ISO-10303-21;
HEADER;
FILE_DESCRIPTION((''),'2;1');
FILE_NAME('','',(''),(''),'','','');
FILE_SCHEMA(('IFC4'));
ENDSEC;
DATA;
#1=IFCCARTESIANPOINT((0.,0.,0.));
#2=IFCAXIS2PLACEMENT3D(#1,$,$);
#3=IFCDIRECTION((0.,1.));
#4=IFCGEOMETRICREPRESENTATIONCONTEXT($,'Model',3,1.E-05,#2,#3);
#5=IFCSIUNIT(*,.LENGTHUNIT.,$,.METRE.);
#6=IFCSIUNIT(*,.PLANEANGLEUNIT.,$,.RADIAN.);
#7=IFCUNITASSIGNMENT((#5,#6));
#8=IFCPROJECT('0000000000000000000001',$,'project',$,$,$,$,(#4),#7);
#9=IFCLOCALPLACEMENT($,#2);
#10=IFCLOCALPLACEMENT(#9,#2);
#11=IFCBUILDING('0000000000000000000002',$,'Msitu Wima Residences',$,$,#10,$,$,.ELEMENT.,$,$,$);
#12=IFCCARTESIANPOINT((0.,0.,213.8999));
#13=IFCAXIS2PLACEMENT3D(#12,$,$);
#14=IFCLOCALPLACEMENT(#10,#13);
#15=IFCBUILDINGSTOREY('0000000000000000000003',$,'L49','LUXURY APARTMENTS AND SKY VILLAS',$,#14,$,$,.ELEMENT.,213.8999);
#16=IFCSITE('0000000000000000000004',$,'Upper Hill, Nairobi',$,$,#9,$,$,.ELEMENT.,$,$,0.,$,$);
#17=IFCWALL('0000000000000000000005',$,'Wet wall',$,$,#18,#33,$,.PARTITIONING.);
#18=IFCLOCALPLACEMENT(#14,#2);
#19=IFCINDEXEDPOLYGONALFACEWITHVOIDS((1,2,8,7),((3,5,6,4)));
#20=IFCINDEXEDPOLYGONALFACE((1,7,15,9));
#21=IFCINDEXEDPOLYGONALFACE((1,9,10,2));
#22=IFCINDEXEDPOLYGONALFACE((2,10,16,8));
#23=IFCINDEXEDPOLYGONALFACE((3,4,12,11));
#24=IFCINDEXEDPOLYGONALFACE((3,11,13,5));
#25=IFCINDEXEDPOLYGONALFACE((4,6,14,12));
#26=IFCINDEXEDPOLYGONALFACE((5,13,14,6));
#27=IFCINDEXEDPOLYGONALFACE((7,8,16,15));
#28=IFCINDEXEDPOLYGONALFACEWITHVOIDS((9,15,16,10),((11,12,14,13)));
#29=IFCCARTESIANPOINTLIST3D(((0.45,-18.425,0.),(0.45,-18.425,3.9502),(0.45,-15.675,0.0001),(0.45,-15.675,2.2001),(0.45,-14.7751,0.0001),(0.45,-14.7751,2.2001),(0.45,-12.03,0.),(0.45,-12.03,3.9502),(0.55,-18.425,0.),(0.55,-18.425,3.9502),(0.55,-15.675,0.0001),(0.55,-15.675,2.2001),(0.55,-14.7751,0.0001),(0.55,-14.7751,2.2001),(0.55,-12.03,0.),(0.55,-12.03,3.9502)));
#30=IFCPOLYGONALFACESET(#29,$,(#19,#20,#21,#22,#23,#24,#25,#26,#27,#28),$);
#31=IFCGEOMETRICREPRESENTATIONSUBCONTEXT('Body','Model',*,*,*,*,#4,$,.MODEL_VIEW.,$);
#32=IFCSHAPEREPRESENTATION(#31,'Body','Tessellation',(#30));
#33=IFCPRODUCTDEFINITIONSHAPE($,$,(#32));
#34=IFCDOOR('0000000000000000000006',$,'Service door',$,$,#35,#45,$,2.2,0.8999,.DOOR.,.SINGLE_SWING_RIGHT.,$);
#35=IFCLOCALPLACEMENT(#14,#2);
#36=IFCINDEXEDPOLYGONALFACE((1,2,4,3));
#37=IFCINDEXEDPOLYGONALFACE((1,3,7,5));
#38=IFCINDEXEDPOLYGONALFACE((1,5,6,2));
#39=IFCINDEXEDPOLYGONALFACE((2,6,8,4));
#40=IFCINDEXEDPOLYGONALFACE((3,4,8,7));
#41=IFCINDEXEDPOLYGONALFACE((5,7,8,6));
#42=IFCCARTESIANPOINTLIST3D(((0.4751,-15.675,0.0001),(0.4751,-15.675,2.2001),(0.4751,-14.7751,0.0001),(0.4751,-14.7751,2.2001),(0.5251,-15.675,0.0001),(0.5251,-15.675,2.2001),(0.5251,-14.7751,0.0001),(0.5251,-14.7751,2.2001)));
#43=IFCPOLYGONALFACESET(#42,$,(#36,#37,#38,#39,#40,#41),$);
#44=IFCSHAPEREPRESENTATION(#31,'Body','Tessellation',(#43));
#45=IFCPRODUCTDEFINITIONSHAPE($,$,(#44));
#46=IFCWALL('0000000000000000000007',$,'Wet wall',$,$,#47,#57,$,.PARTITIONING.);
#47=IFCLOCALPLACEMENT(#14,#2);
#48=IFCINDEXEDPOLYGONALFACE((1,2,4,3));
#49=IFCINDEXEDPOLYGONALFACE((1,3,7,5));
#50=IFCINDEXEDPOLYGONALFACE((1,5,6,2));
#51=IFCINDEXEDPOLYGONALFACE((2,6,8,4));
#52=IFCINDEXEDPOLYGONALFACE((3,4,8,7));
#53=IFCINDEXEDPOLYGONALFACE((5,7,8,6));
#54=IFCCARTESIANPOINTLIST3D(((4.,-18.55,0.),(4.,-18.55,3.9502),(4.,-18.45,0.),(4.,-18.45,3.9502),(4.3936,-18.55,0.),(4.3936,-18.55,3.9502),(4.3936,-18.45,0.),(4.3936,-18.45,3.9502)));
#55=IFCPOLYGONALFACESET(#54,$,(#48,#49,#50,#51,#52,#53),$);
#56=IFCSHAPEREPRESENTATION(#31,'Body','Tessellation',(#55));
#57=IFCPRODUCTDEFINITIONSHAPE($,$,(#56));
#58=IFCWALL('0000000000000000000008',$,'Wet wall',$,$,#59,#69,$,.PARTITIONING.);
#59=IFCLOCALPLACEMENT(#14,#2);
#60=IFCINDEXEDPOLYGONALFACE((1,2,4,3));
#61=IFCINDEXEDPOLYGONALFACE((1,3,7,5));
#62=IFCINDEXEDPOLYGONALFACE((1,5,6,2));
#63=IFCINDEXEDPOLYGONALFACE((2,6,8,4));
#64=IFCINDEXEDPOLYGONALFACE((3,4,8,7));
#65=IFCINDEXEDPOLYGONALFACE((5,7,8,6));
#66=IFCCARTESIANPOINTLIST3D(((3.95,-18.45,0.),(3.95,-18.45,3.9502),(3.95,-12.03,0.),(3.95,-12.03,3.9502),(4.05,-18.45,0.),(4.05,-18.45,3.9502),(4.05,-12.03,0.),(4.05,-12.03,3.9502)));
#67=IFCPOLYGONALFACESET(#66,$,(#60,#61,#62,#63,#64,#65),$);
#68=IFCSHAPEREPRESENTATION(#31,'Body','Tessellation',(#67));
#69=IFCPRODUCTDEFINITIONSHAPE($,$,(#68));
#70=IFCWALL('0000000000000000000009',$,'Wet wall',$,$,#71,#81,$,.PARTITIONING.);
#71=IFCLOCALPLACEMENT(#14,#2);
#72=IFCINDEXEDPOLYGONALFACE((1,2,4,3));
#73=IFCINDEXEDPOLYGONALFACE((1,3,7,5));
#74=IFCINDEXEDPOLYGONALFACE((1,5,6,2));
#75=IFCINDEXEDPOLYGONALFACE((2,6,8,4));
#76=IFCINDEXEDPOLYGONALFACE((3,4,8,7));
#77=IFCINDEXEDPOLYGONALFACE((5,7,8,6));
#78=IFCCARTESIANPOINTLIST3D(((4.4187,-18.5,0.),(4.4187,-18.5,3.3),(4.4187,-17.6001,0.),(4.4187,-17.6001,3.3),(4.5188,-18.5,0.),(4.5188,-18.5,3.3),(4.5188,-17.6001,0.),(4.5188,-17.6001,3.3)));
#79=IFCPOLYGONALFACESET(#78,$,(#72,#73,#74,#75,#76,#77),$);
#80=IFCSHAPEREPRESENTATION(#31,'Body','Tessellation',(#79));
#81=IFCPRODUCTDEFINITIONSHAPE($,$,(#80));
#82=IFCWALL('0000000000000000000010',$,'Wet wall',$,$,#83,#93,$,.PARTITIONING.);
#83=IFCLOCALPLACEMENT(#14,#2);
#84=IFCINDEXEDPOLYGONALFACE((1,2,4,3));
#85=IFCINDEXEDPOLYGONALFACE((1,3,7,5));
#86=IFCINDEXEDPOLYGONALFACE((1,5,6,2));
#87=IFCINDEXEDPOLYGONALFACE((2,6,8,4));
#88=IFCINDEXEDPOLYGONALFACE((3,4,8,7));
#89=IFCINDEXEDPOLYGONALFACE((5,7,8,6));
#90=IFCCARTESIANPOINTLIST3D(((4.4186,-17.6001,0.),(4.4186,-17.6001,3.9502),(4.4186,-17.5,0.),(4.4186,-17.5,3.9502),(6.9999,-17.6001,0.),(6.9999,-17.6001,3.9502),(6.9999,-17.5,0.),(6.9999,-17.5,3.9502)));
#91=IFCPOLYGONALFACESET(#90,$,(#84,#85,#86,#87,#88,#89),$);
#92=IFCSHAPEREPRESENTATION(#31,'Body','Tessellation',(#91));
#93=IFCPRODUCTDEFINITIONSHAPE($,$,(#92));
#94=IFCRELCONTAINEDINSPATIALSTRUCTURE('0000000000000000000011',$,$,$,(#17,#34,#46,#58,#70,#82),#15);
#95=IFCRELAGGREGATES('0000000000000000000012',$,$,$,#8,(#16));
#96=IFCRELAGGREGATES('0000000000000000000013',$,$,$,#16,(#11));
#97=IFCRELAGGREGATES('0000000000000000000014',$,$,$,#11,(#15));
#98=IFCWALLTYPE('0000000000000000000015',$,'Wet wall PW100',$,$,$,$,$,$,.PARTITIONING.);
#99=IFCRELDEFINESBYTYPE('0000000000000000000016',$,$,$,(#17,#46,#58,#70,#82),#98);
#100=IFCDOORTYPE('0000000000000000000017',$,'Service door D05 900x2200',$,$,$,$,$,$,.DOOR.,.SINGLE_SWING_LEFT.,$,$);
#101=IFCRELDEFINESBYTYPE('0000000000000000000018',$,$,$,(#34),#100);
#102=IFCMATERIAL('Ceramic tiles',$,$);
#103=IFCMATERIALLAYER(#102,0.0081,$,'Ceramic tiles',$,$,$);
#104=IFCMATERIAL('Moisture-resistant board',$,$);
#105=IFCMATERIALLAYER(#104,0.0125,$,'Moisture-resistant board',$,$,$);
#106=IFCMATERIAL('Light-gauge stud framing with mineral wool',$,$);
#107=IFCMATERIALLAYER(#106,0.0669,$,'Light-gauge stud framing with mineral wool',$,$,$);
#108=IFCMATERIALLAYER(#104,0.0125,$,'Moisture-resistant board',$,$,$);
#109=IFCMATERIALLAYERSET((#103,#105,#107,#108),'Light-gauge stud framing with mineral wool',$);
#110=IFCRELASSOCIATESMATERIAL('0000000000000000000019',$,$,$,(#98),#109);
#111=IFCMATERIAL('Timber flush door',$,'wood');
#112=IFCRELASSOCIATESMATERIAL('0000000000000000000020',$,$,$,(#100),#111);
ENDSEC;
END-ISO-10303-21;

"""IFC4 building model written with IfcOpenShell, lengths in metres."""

from ifc_helpers import new_model, si_unit, direction, frame, frame_2d, origin, place, context, subcontext, project, spatial, rectangle, extrude, material, layer, layer_set, type_object, element, fill, save


model = new_model("IFC4")

# Units and contexts
model_context = context("Model", 3, precision=1e-05, world=origin(), true_north=direction((0.0, 1.0)))
body_context = subcontext(model_context, "Body", "Model", "MODEL_VIEW")
ifc_project = project(units=[si_unit("LENGTHUNIT", "METRE"), si_unit("PLANEANGLEUNIT", "RADIAN")], contexts=[model_context])

# Site, building, storey
site_placement = place(None, origin())
site = spatial("IfcSite", under=ifc_project, at=site_placement, Name="Upper Hill, Nairobi", CompositionType="ELEMENT", RefElevation=0.0)
building_placement = place(site_placement, origin())
building = spatial("IfcBuilding", under=site, at=building_placement, Name="Msitu Wima Residences", CompositionType="ELEMENT")
storey_placement = place(building_placement, frame((0.0, 0.0, 213.8999)))
storey = spatial("IfcBuildingStorey", under=building, at=storey_placement, Name="L49", Description="LUXURY APARTMENTS AND SKY VILLAS", CompositionType="ELEMENT", Elevation=213.8999)

# Shared definitions
ifc_material_1 = material(Name="Timber flush door", Category="wood")

# Wall, opening, door
ifc_material_2 = material(Name="Ceramic tiles")
ifc_layer_1 = layer(ifc_material_2, 0.0081, Name="Ceramic tiles")
ifc_material_3 = material(Name="Moisture-resistant board")
ifc_layer_2 = layer(ifc_material_3, 0.0125, Name="Moisture-resistant board")
ifc_material_4 = material(Name="Light-gauge stud framing with mineral wool")
ifc_layer_3 = layer(ifc_material_4, 0.0669, Name="Light-gauge stud framing with mineral wool")
ifc_layer_4 = layer(ifc_material_3, 0.0125, Name="Moisture-resistant board")
ifc_layer_set_1 = layer_set([ifc_layer_1, ifc_layer_2, ifc_layer_3, ifc_layer_4], Name="Light-gauge stud framing with mineral wool")
wall_type_1 = type_object("IfcWallType", Name="Wet wall PW100", PredefinedType="PARTITIONING", material=ifc_layer_set_1)
wall_1_placement = place(storey_placement, frame((0.5, -18.425, 0.0), z_axis=(0.0, 0.0, 1.0), x_axis=(0.0, 1.0, 0.0)))
wall_1 = element("IfcWall", 1, at=wall_1_placement, inside=storey, type_object=wall_type_1, Name="Wet wall", PredefinedType="PARTITIONING", context=body_context, shape_type="SweptSolid", body=[
    extrude(rectangle(XDim=6.395, YDim=0.1001, at=frame_2d((3.1975, 0.0))), origin(), (0.0, 0.0, 1.0), 3.9502),
])
opening_1_placement = place(wall_1_placement, frame((2.75, 0.0, 0.0)))
opening_1 = element("IfcOpeningElement", 2, at=opening_1_placement, cuts=wall_1, PredefinedType="OPENING", context=body_context, shape_type="SweptSolid", body=[
    extrude(rectangle(XDim=0.8999, YDim=2.2, at=frame_2d((0.45, 1.1001))), frame((0.0, 0.0601, 0.0), z_axis=(0.0, -1.0, 0.0), x_axis=(1.0, 0.0, 0.0)), (0.0, 0.0, 1.0), 0.1201),
])
door_type_1 = type_object("IfcDoorType", Name="Service door D05 900x2200", OperationType="SINGLE_SWING_LEFT", PredefinedType="DOOR", material=ifc_material_1)
door_1_placement = place(opening_1_placement, origin())
door_1 = element("IfcDoor", 3, at=door_1_placement, inside=storey, type_object=door_type_1, Name="Service door", OperationType="SINGLE_SWING_RIGHT", OverallHeight=2.2, OverallWidth=0.8999, PredefinedType="DOOR", context=body_context, shape_type="SweptSolid", body=[
    extrude(rectangle(XDim=0.8999, YDim=2.2, at=frame_2d((0.45, 1.1001))), frame((0.0, 0.0249, 0.0), z_axis=(0.0, -1.0, 0.0), x_axis=(1.0, 0.0, 0.0)), (0.0, 0.0, 1.0), 0.05),
])
fill(opening_1, door_1)

# Walls
wall_2_placement = place(storey_placement, frame((4.0, -18.5, 0.0), z_axis=(0.0, 0.0, 1.0), x_axis=(1.0, 0.0, 0.0)))
element("IfcWall", 4, at=wall_2_placement, inside=storey, type_object=wall_type_1, Name="Wet wall", PredefinedType="PARTITIONING", context=body_context, shape_type="SweptSolid", body=[
    extrude(rectangle(XDim=0.3936, YDim=0.1001, at=frame_2d((0.1968, 0.0))), origin(), (0.0, 0.0, 1.0), 3.9502),
])
wall_3_placement = place(storey_placement, frame((4.0, -18.45, 0.0), z_axis=(0.0, 0.0, 1.0), x_axis=(0.0, 1.0, 0.0)))
element("IfcWall", 5, at=wall_3_placement, inside=storey, type_object=wall_type_1, Name="Wet wall", PredefinedType="PARTITIONING", context=body_context, shape_type="SweptSolid", body=[
    extrude(rectangle(XDim=6.4199, YDim=0.1001, at=frame_2d((3.21, 0.0))), origin(), (0.0, 0.0, 1.0), 3.9502),
])
wall_4_placement = place(storey_placement, frame((4.4688, -18.5, 0.0), z_axis=(0.0, 0.0, 1.0), x_axis=(0.0, 1.0, 0.0)))
element("IfcWall", 6, at=wall_4_placement, inside=storey, type_object=wall_type_1, Name="Wet wall", PredefinedType="PARTITIONING", context=body_context, shape_type="SweptSolid", body=[
    extrude(rectangle(XDim=0.8999, YDim=0.1001, at=frame_2d((0.45, 0.0))), origin(), (0.0, 0.0, 1.0), 3.3),
])
wall_5_placement = place(storey_placement, frame((4.4187, -17.55, 0.0), z_axis=(0.0, 0.0, 1.0), x_axis=(1.0, 0.0, 0.0)))
element("IfcWall", 7, at=wall_5_placement, inside=storey, type_object=wall_type_1, Name="Wet wall", PredefinedType="PARTITIONING", context=body_context, shape_type="SweptSolid", body=[
    extrude(rectangle(XDim=2.5813, YDim=0.1001, at=frame_2d((1.2905, 0.0))), origin(), (0.0, 0.0, 1.0), 3.9502),
])

save(model, "model.ifc")
